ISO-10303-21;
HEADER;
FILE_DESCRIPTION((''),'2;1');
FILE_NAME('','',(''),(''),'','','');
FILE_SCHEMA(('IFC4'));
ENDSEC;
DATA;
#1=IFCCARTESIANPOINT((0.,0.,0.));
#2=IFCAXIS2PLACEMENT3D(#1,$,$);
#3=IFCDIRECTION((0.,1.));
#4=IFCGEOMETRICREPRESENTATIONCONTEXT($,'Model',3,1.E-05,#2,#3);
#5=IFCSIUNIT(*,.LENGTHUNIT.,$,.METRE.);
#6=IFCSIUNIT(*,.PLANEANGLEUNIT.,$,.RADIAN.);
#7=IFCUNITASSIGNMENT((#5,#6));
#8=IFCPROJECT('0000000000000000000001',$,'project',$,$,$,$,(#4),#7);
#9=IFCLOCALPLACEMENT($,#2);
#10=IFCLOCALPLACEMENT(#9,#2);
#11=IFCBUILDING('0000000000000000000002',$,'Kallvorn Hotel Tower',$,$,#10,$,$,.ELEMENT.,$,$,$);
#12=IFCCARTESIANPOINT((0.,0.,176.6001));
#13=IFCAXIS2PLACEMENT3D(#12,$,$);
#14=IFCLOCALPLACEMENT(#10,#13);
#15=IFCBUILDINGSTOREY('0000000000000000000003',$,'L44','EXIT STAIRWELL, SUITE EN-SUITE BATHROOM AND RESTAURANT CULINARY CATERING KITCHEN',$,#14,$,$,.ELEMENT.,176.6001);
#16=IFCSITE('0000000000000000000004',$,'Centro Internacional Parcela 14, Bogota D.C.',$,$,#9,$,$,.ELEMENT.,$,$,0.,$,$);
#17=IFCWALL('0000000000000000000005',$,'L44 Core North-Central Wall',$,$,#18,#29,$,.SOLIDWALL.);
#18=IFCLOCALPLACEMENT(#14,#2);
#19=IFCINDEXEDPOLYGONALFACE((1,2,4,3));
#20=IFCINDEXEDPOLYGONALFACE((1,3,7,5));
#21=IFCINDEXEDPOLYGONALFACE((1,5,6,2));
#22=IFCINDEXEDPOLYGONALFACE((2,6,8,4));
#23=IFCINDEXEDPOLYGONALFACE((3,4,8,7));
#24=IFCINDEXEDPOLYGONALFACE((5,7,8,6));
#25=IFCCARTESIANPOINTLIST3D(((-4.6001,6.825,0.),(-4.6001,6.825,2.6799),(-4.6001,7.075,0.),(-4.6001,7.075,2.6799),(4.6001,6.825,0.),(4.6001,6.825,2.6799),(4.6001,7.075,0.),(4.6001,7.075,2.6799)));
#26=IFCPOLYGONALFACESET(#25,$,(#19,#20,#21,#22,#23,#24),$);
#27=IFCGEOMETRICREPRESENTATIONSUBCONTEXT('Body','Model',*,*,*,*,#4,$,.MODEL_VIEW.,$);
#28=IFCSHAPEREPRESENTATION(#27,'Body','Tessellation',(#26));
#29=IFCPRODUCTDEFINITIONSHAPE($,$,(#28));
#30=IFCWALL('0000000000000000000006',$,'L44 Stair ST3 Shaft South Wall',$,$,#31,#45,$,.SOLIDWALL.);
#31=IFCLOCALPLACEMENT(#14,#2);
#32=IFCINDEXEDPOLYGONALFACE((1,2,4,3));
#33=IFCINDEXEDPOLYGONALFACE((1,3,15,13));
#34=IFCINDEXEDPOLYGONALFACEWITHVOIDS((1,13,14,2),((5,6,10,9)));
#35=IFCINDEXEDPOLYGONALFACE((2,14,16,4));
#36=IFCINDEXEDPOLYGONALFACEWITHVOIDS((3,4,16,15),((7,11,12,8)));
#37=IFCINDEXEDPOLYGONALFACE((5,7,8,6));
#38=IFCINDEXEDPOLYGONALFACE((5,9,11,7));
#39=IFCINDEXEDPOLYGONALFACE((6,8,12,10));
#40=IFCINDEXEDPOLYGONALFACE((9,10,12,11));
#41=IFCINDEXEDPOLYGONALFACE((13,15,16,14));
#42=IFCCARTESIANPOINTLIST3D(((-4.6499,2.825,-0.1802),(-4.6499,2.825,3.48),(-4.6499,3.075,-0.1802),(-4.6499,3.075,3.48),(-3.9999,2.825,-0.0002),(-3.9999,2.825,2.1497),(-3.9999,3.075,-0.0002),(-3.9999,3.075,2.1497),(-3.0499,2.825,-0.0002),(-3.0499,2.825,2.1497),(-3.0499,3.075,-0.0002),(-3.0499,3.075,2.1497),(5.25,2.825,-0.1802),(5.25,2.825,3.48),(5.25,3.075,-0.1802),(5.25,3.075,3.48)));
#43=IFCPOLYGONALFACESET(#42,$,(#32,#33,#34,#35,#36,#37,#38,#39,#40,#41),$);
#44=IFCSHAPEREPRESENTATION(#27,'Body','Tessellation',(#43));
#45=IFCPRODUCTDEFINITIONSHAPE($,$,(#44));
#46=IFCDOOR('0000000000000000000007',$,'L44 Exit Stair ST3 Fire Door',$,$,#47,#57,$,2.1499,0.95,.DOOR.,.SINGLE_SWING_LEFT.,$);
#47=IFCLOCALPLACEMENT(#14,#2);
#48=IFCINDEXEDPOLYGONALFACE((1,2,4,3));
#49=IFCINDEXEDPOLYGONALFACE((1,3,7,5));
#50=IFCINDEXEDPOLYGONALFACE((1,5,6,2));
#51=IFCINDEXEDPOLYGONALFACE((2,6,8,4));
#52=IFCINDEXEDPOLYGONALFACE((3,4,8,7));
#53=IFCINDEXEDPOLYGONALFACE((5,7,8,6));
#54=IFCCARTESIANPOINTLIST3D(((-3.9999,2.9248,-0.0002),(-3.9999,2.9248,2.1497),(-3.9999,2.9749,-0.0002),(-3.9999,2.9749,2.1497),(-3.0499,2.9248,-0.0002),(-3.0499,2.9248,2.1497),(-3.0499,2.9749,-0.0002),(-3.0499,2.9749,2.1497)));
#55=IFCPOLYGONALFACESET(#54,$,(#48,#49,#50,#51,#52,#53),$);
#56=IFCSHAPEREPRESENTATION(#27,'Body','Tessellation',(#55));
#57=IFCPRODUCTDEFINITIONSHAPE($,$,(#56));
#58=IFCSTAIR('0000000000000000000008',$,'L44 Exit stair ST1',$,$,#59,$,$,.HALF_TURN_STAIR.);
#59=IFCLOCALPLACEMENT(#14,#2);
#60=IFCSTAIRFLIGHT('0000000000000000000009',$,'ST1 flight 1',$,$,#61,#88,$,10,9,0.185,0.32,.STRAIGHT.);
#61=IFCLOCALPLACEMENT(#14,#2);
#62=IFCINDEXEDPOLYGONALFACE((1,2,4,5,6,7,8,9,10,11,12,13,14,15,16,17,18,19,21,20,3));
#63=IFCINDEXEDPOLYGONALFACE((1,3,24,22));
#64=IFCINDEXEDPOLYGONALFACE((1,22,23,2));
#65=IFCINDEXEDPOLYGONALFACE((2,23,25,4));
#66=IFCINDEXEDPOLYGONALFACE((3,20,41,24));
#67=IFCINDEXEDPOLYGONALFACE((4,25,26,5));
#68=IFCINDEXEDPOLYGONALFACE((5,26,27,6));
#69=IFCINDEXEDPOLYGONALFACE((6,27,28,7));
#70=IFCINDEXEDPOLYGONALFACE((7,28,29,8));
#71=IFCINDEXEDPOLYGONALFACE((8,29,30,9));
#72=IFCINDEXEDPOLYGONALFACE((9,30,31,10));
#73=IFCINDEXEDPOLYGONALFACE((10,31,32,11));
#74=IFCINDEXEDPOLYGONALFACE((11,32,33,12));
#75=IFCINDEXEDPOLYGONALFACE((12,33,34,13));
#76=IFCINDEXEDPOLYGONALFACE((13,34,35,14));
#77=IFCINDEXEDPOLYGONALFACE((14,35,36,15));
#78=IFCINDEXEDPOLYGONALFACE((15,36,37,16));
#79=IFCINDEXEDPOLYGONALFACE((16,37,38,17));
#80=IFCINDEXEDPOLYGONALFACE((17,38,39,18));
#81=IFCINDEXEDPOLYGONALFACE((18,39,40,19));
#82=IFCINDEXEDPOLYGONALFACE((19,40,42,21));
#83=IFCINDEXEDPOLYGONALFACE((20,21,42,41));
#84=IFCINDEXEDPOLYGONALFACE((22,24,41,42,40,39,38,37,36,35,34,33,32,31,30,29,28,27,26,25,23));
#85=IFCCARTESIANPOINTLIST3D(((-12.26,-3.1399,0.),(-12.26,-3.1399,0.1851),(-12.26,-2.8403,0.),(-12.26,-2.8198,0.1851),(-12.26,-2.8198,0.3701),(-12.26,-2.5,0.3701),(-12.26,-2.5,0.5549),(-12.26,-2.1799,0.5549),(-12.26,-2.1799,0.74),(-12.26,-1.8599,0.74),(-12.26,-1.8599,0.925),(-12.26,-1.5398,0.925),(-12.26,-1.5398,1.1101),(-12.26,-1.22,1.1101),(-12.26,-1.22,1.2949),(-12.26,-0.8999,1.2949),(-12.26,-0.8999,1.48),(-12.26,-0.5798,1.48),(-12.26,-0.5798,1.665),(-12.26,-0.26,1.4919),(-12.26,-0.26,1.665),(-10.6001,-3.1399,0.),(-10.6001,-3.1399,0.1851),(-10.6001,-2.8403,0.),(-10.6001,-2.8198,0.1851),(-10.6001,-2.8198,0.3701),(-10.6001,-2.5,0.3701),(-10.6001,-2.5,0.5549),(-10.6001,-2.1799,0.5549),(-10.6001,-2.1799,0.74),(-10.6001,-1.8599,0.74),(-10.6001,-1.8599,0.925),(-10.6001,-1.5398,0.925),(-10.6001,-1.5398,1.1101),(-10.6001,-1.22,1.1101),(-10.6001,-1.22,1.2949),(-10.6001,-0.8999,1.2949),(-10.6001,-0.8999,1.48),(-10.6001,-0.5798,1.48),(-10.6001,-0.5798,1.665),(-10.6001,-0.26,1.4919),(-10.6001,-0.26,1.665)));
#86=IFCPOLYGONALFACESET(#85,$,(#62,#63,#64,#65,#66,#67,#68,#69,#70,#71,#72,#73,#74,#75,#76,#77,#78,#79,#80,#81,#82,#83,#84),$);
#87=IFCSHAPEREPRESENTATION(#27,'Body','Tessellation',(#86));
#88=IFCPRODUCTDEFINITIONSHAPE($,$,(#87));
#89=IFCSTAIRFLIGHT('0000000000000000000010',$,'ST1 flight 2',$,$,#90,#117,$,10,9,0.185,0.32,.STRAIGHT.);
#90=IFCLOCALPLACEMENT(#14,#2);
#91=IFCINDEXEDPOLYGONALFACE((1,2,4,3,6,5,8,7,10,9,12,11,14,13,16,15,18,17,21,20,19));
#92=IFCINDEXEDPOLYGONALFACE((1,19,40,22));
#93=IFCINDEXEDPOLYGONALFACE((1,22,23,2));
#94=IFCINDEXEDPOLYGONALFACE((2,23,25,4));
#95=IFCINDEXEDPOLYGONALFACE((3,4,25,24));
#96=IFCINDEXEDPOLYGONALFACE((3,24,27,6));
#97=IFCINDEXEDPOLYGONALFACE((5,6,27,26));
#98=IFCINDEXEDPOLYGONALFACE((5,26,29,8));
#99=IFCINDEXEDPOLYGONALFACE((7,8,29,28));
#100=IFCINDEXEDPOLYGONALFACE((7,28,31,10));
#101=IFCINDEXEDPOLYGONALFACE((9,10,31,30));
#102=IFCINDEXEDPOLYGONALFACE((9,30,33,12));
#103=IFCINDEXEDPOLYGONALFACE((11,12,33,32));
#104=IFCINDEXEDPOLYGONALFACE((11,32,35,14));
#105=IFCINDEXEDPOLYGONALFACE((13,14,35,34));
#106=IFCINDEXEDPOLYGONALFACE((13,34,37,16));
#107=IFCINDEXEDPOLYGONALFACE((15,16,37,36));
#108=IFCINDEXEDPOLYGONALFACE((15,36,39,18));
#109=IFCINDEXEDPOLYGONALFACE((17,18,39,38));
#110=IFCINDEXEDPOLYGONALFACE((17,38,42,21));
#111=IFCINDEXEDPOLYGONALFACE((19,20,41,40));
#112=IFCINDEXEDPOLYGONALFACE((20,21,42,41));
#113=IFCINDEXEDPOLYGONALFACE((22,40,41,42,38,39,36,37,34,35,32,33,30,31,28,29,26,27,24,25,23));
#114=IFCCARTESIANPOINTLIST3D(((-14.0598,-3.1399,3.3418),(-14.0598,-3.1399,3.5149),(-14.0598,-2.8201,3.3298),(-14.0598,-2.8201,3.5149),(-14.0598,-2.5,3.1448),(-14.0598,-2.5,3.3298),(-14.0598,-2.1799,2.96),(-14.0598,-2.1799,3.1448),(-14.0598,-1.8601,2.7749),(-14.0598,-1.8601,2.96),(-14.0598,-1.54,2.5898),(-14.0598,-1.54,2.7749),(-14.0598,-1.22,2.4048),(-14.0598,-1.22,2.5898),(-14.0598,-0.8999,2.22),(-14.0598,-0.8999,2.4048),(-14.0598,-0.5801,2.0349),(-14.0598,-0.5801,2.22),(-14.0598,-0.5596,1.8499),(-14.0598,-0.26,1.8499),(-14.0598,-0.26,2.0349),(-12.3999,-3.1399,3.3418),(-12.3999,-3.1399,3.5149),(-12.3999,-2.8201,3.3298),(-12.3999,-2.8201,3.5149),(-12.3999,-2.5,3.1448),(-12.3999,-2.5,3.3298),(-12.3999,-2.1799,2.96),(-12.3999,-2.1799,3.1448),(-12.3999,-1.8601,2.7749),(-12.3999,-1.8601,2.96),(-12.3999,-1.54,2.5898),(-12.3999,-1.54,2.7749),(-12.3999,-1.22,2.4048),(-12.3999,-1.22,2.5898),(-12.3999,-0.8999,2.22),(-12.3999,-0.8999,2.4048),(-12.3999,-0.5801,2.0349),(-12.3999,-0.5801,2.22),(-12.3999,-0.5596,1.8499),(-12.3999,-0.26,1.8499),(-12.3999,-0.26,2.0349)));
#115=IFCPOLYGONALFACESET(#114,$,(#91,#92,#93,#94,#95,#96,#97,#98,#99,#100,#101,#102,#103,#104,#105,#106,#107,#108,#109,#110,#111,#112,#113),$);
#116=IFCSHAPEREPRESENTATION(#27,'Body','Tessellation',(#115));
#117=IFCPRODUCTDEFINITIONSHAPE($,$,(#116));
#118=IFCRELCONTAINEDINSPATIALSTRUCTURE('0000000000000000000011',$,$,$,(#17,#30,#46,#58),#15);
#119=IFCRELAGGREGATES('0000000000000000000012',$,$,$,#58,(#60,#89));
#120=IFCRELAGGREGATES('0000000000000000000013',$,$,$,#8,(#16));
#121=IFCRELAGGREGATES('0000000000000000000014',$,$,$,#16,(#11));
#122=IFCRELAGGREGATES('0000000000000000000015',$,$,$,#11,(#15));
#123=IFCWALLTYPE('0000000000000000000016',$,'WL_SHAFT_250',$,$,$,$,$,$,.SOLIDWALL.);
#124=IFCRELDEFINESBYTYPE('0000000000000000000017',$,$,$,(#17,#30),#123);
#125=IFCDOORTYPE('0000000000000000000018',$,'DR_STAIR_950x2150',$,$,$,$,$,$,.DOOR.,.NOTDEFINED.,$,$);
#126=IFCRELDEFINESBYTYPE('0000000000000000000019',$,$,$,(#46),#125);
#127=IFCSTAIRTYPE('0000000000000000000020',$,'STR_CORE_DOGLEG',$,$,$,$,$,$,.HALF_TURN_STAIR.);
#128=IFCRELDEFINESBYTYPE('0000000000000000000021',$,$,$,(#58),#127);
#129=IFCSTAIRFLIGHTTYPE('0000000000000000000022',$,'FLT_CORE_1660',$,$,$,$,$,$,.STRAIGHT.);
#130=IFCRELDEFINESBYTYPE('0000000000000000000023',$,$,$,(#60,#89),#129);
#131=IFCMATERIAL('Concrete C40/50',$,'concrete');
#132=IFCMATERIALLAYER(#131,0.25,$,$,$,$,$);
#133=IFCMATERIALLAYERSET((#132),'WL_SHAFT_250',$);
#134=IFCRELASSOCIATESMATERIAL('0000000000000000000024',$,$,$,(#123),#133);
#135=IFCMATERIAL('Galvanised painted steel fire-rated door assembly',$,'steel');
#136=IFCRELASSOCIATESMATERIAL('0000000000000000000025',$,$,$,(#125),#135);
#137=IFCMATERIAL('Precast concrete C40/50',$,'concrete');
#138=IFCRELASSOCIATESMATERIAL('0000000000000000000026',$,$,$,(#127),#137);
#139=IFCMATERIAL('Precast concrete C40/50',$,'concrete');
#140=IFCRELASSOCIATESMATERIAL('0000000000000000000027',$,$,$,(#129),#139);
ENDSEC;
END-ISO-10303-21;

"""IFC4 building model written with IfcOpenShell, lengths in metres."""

from ifc_helpers import new_model, si_unit, direction, frame, frame_2d, origin, place, context, subcontext, project, spatial, polyline, rectangle, outline, extrude, material, layer, layer_set, type_object, element, fill, aggregate, save


model = new_model("IFC4")

# Units and contexts
model_context = context("Model", 3, precision=1e-05, world=origin(), true_north=direction((0.0, 1.0)))
body_context = subcontext(model_context, "Body", "Model", "MODEL_VIEW")
ifc_project = project(units=[si_unit("LENGTHUNIT", "METRE"), si_unit("PLANEANGLEUNIT", "RADIAN")], contexts=[model_context])

# Site, building, storey
site_placement = place(None, origin())
site = spatial("IfcSite", under=ifc_project, at=site_placement, Name="Centro Internacional Parcela 14, Bogota D.C.", CompositionType="ELEMENT", RefElevation=0.0)
building_placement = place(site_placement, origin())
building = spatial("IfcBuilding", under=site, at=building_placement, Name="Kallvorn Hotel Tower", CompositionType="ELEMENT")
storey_placement = place(building_placement, frame((0.0, 0.0, 176.6001)))
storey = spatial("IfcBuildingStorey", under=building, at=storey_placement, Name="L44", Description="EXIT STAIRWELL, SUITE EN-SUITE BATHROOM AND RESTAURANT CULINARY CATERING KITCHEN", CompositionType="ELEMENT", Elevation=176.6001)

# Shared definitions
ifc_material_1 = material(Name="Concrete C40/50", Category="concrete")
ifc_layer_1 = layer(ifc_material_1, 0.25)
ifc_layer_set_1 = layer_set([ifc_layer_1], Name="WL_SHAFT_250")
wall_type_1 = type_object("IfcWallType", Name="WL_SHAFT_250", PredefinedType="SOLIDWALL", material=ifc_layer_set_1)

# Wall
wall_1_placement = place(storey_placement, frame((-4.6001, 6.95, 0.0), z_axis=(0.0, 0.0, 1.0), x_axis=(1.0, 0.0, 0.0)))
element("IfcWall", 1, at=wall_1_placement, inside=storey, type_object=wall_type_1, Name="L44 Core North-Central Wall", PredefinedType="SOLIDWALL", context=body_context, shape_type="SweptSolid", body=[
    extrude(rectangle(XDim=9.2002, YDim=0.25, at=frame_2d((4.6001, 0.0))), origin(), (0.0, 0.0, 1.0), 2.6799),
])

# Wall, opening, door
wall_2_placement = place(storey_placement, frame((-4.6499, 2.95, -0.1802), z_axis=(0.0, 0.0, 1.0), x_axis=(1.0, 0.0, 0.0)))
wall_2 = element("IfcWall", 2, at=wall_2_placement, inside=storey, type_object=wall_type_1, Name="L44 Stair ST3 Shaft South Wall", PredefinedType="SOLIDWALL", context=body_context, shape_type="SweptSolid", body=[
    extrude(rectangle(XDim=9.8999, YDim=0.25, at=frame_2d((4.95, 0.0))), origin(), (0.0, 0.0, 1.0), 3.6602),
])
opening_1_placement = place(wall_2_placement, frame((0.6499, 0.0, 0.1799)))
opening_1 = element("IfcOpeningElement", 3, at=opening_1_placement, cuts=wall_2, PredefinedType="OPENING", context=body_context, shape_type="SweptSolid", body=[
    extrude(rectangle(XDim=0.95, YDim=2.1499, at=frame_2d((0.4751, 1.075))), frame((0.0, 0.1399, 0.0), z_axis=(0.0, -1.0, 0.0), x_axis=(1.0, 0.0, 0.0)), (0.0, 0.0, 1.0), 0.28),
])
ifc_material_2 = material(Name="Galvanised painted steel fire-rated door assembly", Category="steel")
door_type_1 = type_object("IfcDoorType", Name="DR_STAIR_950x2150", OperationType="NOTDEFINED", PredefinedType="DOOR", material=ifc_material_2)
door_1_placement = place(opening_1_placement, origin())
door_1 = element("IfcDoor", 4, at=door_1_placement, inside=storey, type_object=door_type_1, Name="L44 Exit Stair ST3 Fire Door", OperationType="SINGLE_SWING_LEFT", OverallHeight=2.1499, OverallWidth=0.95, PredefinedType="DOOR", context=body_context, shape_type="SweptSolid", body=[
    extrude(rectangle(XDim=0.95, YDim=2.1499, at=frame_2d((0.4751, 1.075))), frame((0.0, 0.0249, 0.0), z_axis=(0.0, -1.0, 0.0), x_axis=(1.0, 0.0, 0.0)), (0.0, 0.0, 1.0), 0.05),
])
fill(opening_1, door_1)

# Stair, stair flights
ifc_material_3 = material(Name="Precast concrete C40/50", Category="concrete")
stair_type = type_object("IfcStairType", Name="STR_CORE_DOGLEG", PredefinedType="HALF_TURN_STAIR", material=ifc_material_3)
stair_placement = place(storey_placement, origin())
stair = element("IfcStair", 5, at=stair_placement, inside=storey, type_object=stair_type, Name="L44 Exit stair ST1", PredefinedType="HALF_TURN_STAIR")
ifc_material_4 = material(Name="Precast concrete C40/50", Category="concrete")
stair_flight_type = type_object("IfcStairFlightType", Name="FLT_CORE_1660", PredefinedType="STRAIGHT", material=ifc_material_4)
stair_flight_1_placement = place(storey_placement, frame((-11.4299, -3.1399, 0.0), z_axis=(0.0, 0.0, 1.0), x_axis=(0.0, 1.0, 0.0)))
stair_flight_1 = element("IfcStairFlight", 6, at=stair_flight_1_placement, type_object=stair_flight_type, Name="ST1 flight 1", NumberOfRisers=10, NumberOfTreads=9, PredefinedType="STRAIGHT", RiserHeight=0.185, TreadLength=0.32, context=body_context, shape_type="SweptSolid", body=[
    extrude(outline(polyline([(0.0, 0.0), (0.0, 0.1851), (0.3201, 0.1851), (0.3201, 0.3701), (0.6399, 0.3701), (0.6399, 0.5549), (0.96, 0.5549), (0.96, 0.74), (1.28, 0.74), (1.28, 0.925), (1.6001, 0.925), (1.6001, 1.1101), (1.9199, 1.1101), (1.9199, 1.2949), (2.24, 1.2949), (2.24, 1.48), (2.5601, 1.48), (2.5601, 1.665), (2.8799, 1.665), (2.8799, 1.8501), (2.8799, 1.4919), (0.2996, 0.0), (0.0, 0.0)])), frame((0.0, 0.8301, 0.0), z_axis=(0.0, -1.0, 0.0), x_axis=(1.0, 0.0, 0.0)), (0.0, 0.0, 1.0), 1.6599),
])
stair_flight_2_placement = place(storey_placement, frame((-13.23, -0.26, 1.8499), z_axis=(0.0, 0.0, 1.0), x_axis=(0.0, -1.0, 0.0)))
stair_flight_2 = element("IfcStairFlight", 7, at=stair_flight_2_placement, type_object=stair_flight_type, Name="ST1 flight 2", NumberOfRisers=10, NumberOfTreads=9, PredefinedType="STRAIGHT", RiserHeight=0.185, TreadLength=0.32, context=body_context, shape_type="SweptSolid", body=[
    extrude(outline(polyline([(0.0, 0.0), (0.0, 0.1851), (0.3201, 0.1851), (0.3201, 0.3701), (0.6399, 0.3701), (0.6399, 0.5549), (0.96, 0.5549), (0.96, 0.74), (1.28, 0.74), (1.28, 0.925), (1.6001, 0.925), (1.6001, 1.1101), (1.9199, 1.1101), (1.9199, 1.2949), (2.24, 1.2949), (2.24, 1.48), (2.5601, 1.48), (2.5601, 1.665), (2.8799, 1.665), (2.8799, 1.8501), (2.8799, 1.4919), (0.2996, 0.0), (0.0, 0.0)])), frame((0.0, 0.8301, 0.0), z_axis=(0.0, -1.0, 0.0), x_axis=(1.0, 0.0, 0.0)), (0.0, 0.0, 1.0), 1.6599),
])
aggregate(stair, [stair_flight_1, stair_flight_2])

save(model, "model.ifc")
